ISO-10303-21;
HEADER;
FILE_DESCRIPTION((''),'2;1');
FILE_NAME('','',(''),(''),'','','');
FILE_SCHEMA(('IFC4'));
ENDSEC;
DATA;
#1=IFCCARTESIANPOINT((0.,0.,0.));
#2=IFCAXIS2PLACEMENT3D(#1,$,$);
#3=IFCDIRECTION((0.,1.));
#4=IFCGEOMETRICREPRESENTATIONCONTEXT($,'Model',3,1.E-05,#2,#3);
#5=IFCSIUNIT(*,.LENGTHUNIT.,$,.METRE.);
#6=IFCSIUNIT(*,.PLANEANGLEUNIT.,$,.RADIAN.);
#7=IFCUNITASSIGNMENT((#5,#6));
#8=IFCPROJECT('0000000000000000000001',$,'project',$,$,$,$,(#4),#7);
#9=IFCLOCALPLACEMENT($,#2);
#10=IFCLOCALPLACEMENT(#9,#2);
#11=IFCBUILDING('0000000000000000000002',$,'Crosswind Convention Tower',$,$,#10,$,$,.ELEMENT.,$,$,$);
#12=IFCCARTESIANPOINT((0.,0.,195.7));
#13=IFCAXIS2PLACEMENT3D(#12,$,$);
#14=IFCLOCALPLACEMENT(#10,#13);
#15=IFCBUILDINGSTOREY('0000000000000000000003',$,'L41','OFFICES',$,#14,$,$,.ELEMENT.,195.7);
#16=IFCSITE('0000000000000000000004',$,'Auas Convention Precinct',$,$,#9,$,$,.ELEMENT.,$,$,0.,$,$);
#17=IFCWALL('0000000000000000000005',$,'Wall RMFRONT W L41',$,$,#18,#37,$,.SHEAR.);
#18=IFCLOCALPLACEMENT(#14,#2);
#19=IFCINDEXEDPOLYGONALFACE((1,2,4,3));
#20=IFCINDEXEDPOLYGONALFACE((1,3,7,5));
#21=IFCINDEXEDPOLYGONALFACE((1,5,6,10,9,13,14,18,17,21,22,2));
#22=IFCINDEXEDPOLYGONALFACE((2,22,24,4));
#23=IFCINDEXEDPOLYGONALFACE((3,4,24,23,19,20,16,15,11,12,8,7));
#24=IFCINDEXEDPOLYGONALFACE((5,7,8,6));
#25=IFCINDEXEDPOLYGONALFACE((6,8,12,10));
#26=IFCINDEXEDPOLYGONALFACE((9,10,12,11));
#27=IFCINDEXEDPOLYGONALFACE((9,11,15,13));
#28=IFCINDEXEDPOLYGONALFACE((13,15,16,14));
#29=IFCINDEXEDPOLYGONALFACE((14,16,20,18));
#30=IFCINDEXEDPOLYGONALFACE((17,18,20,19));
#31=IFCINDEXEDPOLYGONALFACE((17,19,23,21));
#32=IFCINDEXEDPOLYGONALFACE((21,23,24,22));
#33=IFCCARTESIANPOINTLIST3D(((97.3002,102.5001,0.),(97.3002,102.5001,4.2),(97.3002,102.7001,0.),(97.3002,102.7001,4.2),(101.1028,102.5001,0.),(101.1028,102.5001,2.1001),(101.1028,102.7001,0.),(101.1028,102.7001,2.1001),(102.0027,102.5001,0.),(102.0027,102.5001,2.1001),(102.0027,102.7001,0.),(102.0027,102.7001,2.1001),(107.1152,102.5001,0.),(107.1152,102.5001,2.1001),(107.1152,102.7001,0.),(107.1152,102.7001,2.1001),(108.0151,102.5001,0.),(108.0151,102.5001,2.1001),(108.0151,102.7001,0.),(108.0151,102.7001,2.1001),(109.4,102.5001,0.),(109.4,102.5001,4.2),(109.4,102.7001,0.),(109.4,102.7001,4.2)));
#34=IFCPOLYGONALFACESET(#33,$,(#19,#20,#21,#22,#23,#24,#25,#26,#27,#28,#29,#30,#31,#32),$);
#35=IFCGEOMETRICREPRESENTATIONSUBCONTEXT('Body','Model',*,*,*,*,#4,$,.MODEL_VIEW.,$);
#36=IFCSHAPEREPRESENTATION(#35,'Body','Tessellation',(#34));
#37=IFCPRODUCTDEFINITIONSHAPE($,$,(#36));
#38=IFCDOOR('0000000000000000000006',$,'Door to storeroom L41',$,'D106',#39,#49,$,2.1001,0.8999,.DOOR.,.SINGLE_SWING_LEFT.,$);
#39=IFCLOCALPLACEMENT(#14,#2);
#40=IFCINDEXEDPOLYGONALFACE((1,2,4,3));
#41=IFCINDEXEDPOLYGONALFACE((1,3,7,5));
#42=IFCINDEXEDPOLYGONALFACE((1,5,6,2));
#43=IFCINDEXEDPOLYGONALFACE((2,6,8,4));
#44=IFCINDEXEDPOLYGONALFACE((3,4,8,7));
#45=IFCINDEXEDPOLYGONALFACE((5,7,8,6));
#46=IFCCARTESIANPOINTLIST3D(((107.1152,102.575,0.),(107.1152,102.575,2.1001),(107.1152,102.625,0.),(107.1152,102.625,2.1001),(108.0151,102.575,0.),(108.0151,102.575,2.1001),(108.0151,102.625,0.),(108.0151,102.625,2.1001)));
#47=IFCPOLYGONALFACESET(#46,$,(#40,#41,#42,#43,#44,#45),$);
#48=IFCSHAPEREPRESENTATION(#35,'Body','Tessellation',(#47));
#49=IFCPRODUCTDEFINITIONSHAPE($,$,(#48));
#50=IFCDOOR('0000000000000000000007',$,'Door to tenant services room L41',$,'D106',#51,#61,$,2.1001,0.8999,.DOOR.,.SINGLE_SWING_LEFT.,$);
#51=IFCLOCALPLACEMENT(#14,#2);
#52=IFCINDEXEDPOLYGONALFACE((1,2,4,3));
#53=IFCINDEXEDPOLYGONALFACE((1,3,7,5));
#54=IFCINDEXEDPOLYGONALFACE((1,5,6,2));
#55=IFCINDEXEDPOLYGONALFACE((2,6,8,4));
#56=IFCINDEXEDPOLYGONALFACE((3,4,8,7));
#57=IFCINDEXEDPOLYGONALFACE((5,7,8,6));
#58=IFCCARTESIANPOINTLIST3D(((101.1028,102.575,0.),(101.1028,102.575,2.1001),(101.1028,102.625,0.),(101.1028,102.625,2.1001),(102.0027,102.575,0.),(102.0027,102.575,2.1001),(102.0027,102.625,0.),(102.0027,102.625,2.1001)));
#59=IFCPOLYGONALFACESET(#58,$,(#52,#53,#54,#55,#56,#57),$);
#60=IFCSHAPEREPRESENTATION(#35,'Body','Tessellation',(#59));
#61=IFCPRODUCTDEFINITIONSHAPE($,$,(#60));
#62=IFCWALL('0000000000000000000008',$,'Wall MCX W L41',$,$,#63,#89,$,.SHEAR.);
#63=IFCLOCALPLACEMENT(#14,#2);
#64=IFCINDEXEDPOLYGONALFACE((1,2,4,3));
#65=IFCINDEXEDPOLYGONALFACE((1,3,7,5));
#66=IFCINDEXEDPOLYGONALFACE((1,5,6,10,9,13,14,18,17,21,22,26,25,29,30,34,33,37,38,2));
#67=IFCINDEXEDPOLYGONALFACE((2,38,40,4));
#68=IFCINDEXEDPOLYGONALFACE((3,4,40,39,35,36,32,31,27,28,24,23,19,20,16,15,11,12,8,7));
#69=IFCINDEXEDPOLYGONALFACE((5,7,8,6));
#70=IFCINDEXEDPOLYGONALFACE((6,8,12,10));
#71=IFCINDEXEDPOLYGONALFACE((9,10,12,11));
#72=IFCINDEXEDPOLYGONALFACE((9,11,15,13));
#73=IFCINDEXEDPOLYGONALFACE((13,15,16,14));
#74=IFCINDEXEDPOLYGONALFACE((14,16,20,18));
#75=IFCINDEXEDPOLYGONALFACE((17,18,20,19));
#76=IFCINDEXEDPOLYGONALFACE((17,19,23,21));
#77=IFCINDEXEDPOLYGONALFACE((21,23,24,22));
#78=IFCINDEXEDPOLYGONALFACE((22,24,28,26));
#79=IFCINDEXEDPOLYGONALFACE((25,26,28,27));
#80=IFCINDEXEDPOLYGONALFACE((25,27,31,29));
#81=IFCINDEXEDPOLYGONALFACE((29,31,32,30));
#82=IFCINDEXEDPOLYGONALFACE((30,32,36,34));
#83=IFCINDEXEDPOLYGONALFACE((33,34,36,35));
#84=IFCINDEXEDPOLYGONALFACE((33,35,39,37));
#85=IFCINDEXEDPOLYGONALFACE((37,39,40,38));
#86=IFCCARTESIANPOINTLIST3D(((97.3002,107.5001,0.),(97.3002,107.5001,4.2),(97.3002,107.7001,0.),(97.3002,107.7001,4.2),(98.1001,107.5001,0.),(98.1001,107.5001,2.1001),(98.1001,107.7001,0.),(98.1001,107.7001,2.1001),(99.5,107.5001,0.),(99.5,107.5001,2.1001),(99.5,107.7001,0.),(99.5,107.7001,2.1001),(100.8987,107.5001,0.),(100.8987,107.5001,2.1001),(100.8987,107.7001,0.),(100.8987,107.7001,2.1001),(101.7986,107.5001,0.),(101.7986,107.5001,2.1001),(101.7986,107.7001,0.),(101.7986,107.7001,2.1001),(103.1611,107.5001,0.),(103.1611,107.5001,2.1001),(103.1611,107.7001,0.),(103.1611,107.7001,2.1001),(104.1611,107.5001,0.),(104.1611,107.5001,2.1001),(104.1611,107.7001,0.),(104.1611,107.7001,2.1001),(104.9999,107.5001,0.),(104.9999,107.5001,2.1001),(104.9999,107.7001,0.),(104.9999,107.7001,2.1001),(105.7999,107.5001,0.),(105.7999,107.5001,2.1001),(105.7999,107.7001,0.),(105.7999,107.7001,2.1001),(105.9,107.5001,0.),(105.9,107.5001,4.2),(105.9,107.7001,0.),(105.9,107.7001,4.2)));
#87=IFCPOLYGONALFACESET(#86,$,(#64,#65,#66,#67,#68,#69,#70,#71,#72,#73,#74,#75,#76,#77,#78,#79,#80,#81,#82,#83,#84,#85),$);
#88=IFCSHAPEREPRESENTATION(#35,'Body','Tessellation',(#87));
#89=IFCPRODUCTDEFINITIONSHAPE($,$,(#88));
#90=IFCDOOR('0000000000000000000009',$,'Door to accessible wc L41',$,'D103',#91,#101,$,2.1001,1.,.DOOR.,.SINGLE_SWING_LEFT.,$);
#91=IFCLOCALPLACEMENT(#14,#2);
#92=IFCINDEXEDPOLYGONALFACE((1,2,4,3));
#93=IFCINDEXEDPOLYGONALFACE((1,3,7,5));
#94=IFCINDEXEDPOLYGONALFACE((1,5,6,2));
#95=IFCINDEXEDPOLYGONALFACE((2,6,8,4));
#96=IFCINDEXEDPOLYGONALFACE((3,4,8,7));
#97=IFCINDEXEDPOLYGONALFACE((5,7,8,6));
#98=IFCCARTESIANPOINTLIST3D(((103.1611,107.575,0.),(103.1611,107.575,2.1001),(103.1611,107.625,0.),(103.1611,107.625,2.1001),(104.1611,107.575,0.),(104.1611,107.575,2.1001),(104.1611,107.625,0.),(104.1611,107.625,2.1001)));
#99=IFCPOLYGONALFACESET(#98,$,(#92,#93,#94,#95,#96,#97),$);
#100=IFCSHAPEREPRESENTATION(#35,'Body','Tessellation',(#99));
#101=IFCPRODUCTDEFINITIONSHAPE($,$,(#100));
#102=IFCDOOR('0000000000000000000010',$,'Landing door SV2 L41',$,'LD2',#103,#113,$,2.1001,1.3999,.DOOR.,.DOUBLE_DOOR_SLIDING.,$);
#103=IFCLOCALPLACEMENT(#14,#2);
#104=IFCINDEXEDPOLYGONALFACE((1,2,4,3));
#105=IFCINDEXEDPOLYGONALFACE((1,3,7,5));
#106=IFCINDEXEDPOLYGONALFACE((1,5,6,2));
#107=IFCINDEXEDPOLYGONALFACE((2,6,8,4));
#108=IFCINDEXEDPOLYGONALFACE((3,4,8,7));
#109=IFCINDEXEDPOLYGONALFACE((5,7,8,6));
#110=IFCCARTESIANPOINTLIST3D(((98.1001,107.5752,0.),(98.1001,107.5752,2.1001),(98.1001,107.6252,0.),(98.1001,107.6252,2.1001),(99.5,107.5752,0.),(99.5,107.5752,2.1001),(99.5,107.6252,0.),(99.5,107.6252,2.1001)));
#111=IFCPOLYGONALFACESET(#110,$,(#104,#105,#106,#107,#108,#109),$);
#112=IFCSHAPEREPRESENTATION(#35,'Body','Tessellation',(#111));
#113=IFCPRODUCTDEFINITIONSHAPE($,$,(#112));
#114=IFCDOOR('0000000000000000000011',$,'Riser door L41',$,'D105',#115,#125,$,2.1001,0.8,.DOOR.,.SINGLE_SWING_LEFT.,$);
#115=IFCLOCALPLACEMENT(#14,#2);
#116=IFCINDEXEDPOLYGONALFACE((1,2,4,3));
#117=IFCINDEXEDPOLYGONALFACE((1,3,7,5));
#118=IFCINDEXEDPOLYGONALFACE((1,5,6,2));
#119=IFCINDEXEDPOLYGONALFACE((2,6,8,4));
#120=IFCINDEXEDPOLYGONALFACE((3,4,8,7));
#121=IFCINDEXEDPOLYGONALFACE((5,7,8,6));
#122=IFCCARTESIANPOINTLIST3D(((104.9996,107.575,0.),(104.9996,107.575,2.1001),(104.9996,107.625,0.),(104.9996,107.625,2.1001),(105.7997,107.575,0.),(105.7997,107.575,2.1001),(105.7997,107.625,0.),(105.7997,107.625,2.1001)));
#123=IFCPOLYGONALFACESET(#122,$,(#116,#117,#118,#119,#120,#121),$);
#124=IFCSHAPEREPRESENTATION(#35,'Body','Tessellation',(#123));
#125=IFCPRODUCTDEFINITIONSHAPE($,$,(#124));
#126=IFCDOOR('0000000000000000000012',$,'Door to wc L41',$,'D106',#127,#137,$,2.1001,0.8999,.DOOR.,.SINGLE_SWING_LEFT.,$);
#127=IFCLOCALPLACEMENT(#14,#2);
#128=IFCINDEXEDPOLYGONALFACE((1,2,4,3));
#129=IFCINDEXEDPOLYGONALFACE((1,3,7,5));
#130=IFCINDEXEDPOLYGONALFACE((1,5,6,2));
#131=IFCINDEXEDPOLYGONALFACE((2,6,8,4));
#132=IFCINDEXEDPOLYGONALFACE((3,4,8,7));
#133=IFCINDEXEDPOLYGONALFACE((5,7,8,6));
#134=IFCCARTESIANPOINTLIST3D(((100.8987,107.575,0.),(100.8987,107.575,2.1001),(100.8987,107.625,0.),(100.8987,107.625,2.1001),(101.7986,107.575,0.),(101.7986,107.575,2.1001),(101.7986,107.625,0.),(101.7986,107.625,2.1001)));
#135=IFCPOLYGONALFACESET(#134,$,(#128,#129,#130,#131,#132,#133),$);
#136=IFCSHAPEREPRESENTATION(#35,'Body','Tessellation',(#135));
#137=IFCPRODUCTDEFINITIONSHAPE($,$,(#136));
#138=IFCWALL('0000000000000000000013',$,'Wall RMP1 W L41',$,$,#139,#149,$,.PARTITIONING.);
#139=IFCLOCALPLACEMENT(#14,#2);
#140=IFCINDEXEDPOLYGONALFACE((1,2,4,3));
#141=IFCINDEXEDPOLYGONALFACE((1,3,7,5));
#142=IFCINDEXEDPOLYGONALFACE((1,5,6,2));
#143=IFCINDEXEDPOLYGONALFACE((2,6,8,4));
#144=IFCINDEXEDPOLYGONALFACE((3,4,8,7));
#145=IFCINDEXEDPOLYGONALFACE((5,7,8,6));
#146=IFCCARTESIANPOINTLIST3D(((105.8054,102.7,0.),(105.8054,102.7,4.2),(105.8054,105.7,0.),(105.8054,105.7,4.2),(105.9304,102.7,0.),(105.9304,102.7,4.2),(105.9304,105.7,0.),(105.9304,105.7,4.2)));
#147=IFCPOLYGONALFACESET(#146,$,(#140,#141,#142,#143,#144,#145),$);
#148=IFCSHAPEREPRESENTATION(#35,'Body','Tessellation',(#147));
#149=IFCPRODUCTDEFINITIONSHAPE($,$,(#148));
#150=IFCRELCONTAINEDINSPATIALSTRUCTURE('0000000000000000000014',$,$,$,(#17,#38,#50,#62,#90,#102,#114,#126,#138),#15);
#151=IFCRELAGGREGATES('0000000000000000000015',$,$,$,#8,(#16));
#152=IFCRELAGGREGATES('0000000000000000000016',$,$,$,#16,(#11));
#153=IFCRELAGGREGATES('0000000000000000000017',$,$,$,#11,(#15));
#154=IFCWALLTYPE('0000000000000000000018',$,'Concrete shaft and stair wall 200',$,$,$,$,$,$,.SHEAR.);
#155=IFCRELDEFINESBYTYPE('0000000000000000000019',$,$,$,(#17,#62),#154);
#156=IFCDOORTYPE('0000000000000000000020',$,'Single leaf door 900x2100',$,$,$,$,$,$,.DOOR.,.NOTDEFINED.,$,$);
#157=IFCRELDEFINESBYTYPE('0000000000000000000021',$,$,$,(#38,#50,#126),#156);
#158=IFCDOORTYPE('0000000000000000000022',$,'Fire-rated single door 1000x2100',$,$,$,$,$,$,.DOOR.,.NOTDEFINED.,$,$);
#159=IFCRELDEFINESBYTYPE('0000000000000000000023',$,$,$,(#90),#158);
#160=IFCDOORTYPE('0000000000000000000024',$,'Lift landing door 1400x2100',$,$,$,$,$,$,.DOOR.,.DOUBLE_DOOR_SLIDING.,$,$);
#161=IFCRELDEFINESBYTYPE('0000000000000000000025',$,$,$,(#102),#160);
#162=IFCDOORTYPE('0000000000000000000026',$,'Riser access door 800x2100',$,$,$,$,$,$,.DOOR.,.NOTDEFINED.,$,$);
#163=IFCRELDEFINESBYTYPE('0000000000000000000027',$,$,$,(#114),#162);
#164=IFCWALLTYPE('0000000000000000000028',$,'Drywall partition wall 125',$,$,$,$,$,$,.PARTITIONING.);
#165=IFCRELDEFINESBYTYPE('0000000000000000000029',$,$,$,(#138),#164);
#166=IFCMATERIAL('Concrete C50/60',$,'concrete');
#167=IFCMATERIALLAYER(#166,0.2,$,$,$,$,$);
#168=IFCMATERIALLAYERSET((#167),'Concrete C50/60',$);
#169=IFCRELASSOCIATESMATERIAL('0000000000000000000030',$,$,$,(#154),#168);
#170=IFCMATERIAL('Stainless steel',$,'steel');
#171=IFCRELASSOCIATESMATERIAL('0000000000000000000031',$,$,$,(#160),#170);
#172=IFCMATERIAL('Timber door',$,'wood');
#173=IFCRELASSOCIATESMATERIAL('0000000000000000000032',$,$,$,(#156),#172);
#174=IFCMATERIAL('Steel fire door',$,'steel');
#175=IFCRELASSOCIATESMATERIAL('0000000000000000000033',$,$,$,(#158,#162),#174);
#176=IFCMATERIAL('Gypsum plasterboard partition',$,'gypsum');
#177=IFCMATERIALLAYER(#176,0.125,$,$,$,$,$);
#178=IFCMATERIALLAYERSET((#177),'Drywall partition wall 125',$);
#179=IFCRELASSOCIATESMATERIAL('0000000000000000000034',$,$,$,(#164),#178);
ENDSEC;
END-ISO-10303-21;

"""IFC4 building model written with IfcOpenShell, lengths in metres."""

from ifc_helpers import new_model, si_unit, direction, frame, frame_2d, origin, place, context, subcontext, project, spatial, rectangle, extrude, material, layer, layer_set, type_object, element, fill, save


model = new_model("IFC4")

# Units and contexts
model_context = context("Model", 3, precision=1e-05, world=origin(), true_north=direction((0.0, 1.0)))
body_context = subcontext(model_context, "Body", "Model", "MODEL_VIEW")
ifc_project = project(units=[si_unit("LENGTHUNIT", "METRE"), si_unit("PLANEANGLEUNIT", "RADIAN")], contexts=[model_context])

# Site, building, storey
site_placement = place(None, origin())
site = spatial("IfcSite", under=ifc_project, at=site_placement, Name="Auas Convention Precinct", CompositionType="ELEMENT", RefElevation=0.0)
building_placement = place(site_placement, origin())
building = spatial("IfcBuilding", under=site, at=building_placement, Name="Crosswind Convention Tower", CompositionType="ELEMENT")
storey_placement = place(building_placement, frame((0.0, 0.0, 195.7)))
storey = spatial("IfcBuildingStorey", under=building, at=storey_placement, Name="L41", Description="OFFICES", CompositionType="ELEMENT", Elevation=195.7)

# Shared definitions
ifc_material_1 = material(Name="Concrete C50/60", Category="concrete")
ifc_layer_1 = layer(ifc_material_1, 0.2)
ifc_layer_set_1 = layer_set([ifc_layer_1], Name="Concrete C50/60")
wall_type_1 = type_object("IfcWallType", Name="Concrete shaft and stair wall 200", PredefinedType="SHEAR", material=ifc_layer_set_1)

# Shared definitions
ifc_material_2 = material(Name="Stainless steel", Category="steel")
door_type_1 = type_object("IfcDoorType", Name="Lift landing door 1400x2100", OperationType="DOUBLE_DOOR_SLIDING", PredefinedType="DOOR", material=ifc_material_2)

# Walls, openings, doors
wall_1_placement = place(storey_placement, frame((109.3999, 102.6001, 0.0), z_axis=(0.0, 0.0, 1.0), x_axis=(-1.0, 0.0, 0.0)))
wall_1 = element("IfcWall", 1, at=wall_1_placement, inside=storey, type_object=wall_type_1, Name="Wall RMFRONT W L41", PredefinedType="SHEAR", context=body_context, shape_type="SweptSolid", body=[
    extrude(rectangle(XDim=12.0999, YDim=0.2, at=frame_2d((6.0498, 0.0))), origin(), (0.0, 0.0, 1.0), 4.2),
])
opening_1_placement = place(wall_1_placement, frame((1.3848, 0.0, 0.0)))
opening_1 = element("IfcOpeningElement", 2, at=opening_1_placement, cuts=wall_1, PredefinedType="OPENING", context=body_context, shape_type="SweptSolid", body=[
    extrude(rectangle(XDim=0.8999, YDim=2.1001, at=frame_2d((0.45, 1.05))), frame((0.0, 0.1099, 0.0), z_axis=(0.0, -1.0, 0.0), x_axis=(1.0, 0.0, 0.0)), (0.0, 0.0, 1.0), 0.22),
])
opening_2_placement = place(wall_1_placement, frame((7.3972, 0.0, 0.0)))
opening_2 = element("IfcOpeningElement", 3, at=opening_2_placement, cuts=wall_1, PredefinedType="OPENING", context=body_context, shape_type="SweptSolid", body=[
    extrude(rectangle(XDim=0.8999, YDim=2.1001, at=frame_2d((0.45, 1.05))), frame((0.0, 0.1099, 0.0), z_axis=(0.0, -1.0, 0.0), x_axis=(1.0, 0.0, 0.0)), (0.0, 0.0, 1.0), 0.22),
])
ifc_material_3 = material(Name="Timber door", Category="wood")
door_type_2 = type_object("IfcDoorType", Name="Single leaf door 900x2100", OperationType="NOTDEFINED", PredefinedType="DOOR", material=ifc_material_3)
door_1_placement = place(opening_1_placement, frame((0.8999, 0.0, 0.0), z_axis=(0.0, 0.0, 1.0), x_axis=(-1.0, 0.0, 0.0)))
door_1 = element("IfcDoor", 4, at=door_1_placement, inside=storey, type_object=door_type_2, Name="Door to storeroom L41", ObjectType="D106", OperationType="SINGLE_SWING_LEFT", OverallHeight=2.1001, OverallWidth=0.8999, PredefinedType="DOOR", context=body_context, shape_type="SweptSolid", body=[
    extrude(rectangle(XDim=0.8999, YDim=2.1001, at=frame_2d((0.45, 1.05))), frame((0.0, 0.0249, 0.0), z_axis=(0.0, -1.0, 0.0), x_axis=(1.0, 0.0, 0.0)), (0.0, 0.0, 1.0), 0.05),
])
fill(opening_1, door_1)
door_2_placement = place(opening_2_placement, frame((0.8999, 0.0, 0.0), z_axis=(0.0, 0.0, 1.0), x_axis=(-1.0, 0.0, 0.0)))
door_2 = element("IfcDoor", 5, at=door_2_placement, inside=storey, type_object=door_type_2, Name="Door to tenant services room L41", ObjectType="D106", OperationType="SINGLE_SWING_LEFT", OverallHeight=2.1001, OverallWidth=0.8999, PredefinedType="DOOR", context=body_context, shape_type="SweptSolid", body=[
    extrude(rectangle(XDim=0.8999, YDim=2.1001, at=frame_2d((0.45, 1.05))), frame((0.0, 0.0249, 0.0), z_axis=(0.0, -1.0, 0.0), x_axis=(1.0, 0.0, 0.0)), (0.0, 0.0, 1.0), 0.05),
])
fill(opening_2, door_2)
wall_2_placement = place(storey_placement, frame((105.8999, 107.6001, 0.0), z_axis=(0.0, 0.0, 1.0), x_axis=(-1.0, 0.0, 0.0)))
wall_2 = element("IfcWall", 6, at=wall_2_placement, inside=storey, type_object=wall_type_1, Name="Wall MCX W L41", PredefinedType="SHEAR", context=body_context, shape_type="SweptSolid", body=[
    extrude(rectangle(XDim=8.5999, YDim=0.2, at=frame_2d((4.2998, 0.0))), origin(), (0.0, 0.0, 1.0), 4.2),
])
opening_3_placement = place(wall_2_placement, frame((0.1001, 0.0, 0.0)))
opening_3 = element("IfcOpeningElement", 7, at=opening_3_placement, cuts=wall_2, PredefinedType="OPENING", context=body_context, shape_type="SweptSolid", body=[
    extrude(rectangle(XDim=0.8, YDim=2.1001, at=frame_2d((0.3999, 1.05))), frame((0.0, 0.1099, 0.0), z_axis=(0.0, -1.0, 0.0), x_axis=(1.0, 0.0, 0.0)), (0.0, 0.0, 1.0), 0.22),
])
opening_4_placement = place(wall_2_placement, frame((1.7388, 0.0, 0.0)))
opening_4 = element("IfcOpeningElement", 8, at=opening_4_placement, cuts=wall_2, PredefinedType="OPENING", context=body_context, shape_type="SweptSolid", body=[
    extrude(rectangle(XDim=1.0, YDim=2.1001, at=frame_2d((0.5, 1.05))), frame((0.0, 0.1099, 0.0), z_axis=(0.0, -1.0, 0.0), x_axis=(1.0, 0.0, 0.0)), (0.0, 0.0, 1.0), 0.22),
])
opening_5_placement = place(wall_2_placement, frame((4.1013, 0.0, 0.0)))
opening_5 = element("IfcOpeningElement", 9, at=opening_5_placement, cuts=wall_2, PredefinedType="OPENING", context=body_context, shape_type="SweptSolid", body=[
    extrude(rectangle(XDim=0.8999, YDim=2.1001, at=frame_2d((0.45, 1.05))), frame((0.0, 0.1099, 0.0), z_axis=(0.0, -1.0, 0.0), x_axis=(1.0, 0.0, 0.0)), (0.0, 0.0, 1.0), 0.22),
])
opening_6_placement = place(wall_2_placement, frame((6.3999, 0.0, 0.0)))
opening_6 = element("IfcOpeningElement", 10, at=opening_6_placement, cuts=wall_2, PredefinedType="OPENING", context=body_context, shape_type="SweptSolid", body=[
    extrude(rectangle(XDim=1.3999, YDim=2.1001, at=frame_2d((0.7, 1.05))), frame((0.0, 0.1099, 0.0), z_axis=(0.0, -1.0, 0.0), x_axis=(1.0, 0.0, 0.0)), (0.0, 0.0, 1.0), 0.22),
])
ifc_material_4 = material(Name="Steel fire door", Category="steel")
door_type_3 = type_object("IfcDoorType", Name="Fire-rated single door 1000x2100", OperationType="NOTDEFINED", PredefinedType="DOOR", material=ifc_material_4)
door_3_placement = place(opening_4_placement, frame((1.0, 0.0, 0.0), z_axis=(0.0, 0.0, 1.0), x_axis=(-1.0, 0.0, 0.0)))
door_3 = element("IfcDoor", 11, at=door_3_placement, inside=storey, type_object=door_type_3, Name="Door to accessible wc L41", ObjectType="D103", OperationType="SINGLE_SWING_LEFT", OverallHeight=2.1001, OverallWidth=1.0, PredefinedType="DOOR", context=body_context, shape_type="SweptSolid", body=[
    extrude(rectangle(XDim=1.0, YDim=2.1001, at=frame_2d((0.5, 1.05))), frame((0.0, 0.0249, 0.0), z_axis=(0.0, -1.0, 0.0), x_axis=(1.0, 0.0, 0.0)), (0.0, 0.0, 1.0), 0.05),
])
fill(opening_4, door_3)
door_4_placement = place(opening_6_placement, origin())
door_4 = element("IfcDoor", 12, at=door_4_placement, inside=storey, type_object=door_type_1, Name="Landing door SV2 L41", ObjectType="LD2", OperationType="DOUBLE_DOOR_SLIDING", OverallHeight=2.1001, OverallWidth=1.3999, PredefinedType="DOOR", context=body_context, shape_type="SweptSolid", body=[
    extrude(rectangle(XDim=1.3999, YDim=2.1001, at=frame_2d((0.7, 1.05))), frame((0.0, 0.0249, 0.0), z_axis=(0.0, -1.0, 0.0), x_axis=(1.0, 0.0, 0.0)), (0.0, 0.0, 1.0), 0.05),
])
fill(opening_6, door_4)
door_type_4 = type_object("IfcDoorType", Name="Riser access door 800x2100", OperationType="NOTDEFINED", PredefinedType="DOOR", material=ifc_material_4)
door_5_placement = place(opening_3_placement, frame((0.8, 0.0, 0.0), z_axis=(0.0, 0.0, 1.0), x_axis=(-1.0, 0.0, 0.0)))
door_5 = element("IfcDoor", 13, at=door_5_placement, inside=storey, type_object=door_type_4, Name="Riser door L41", ObjectType="D105", OperationType="SINGLE_SWING_LEFT", OverallHeight=2.1001, OverallWidth=0.8, PredefinedType="DOOR", context=body_context, shape_type="SweptSolid", body=[
    extrude(rectangle(XDim=0.8, YDim=2.1001, at=frame_2d((0.3999, 1.05))), frame((0.0, 0.0249, 0.0), z_axis=(0.0, -1.0, 0.0), x_axis=(1.0, 0.0, 0.0)), (0.0, 0.0, 1.0), 0.05),
])
fill(opening_3, door_5)
door_6_placement = place(opening_5_placement, frame((0.8999, 0.0, 0.0), z_axis=(0.0, 0.0, 1.0), x_axis=(-1.0, 0.0, 0.0)))
door_6 = element("IfcDoor", 14, at=door_6_placement, inside=storey, type_object=door_type_2, Name="Door to wc L41", ObjectType="D106", OperationType="SINGLE_SWING_LEFT", OverallHeight=2.1001, OverallWidth=0.8999, PredefinedType="DOOR", context=body_context, shape_type="SweptSolid", body=[
    extrude(rectangle(XDim=0.8999, YDim=2.1001, at=frame_2d((0.45, 1.05))), frame((0.0, 0.0249, 0.0), z_axis=(0.0, -1.0, 0.0), x_axis=(1.0, 0.0, 0.0)), (0.0, 0.0, 1.0), 0.05),
])
fill(opening_5, door_6)

# Wall
ifc_material_5 = material(Name="Gypsum plasterboard partition", Category="gypsum")
ifc_layer_2 = layer(ifc_material_5, 0.125)
ifc_layer_set_2 = layer_set([ifc_layer_2], Name="Drywall partition wall 125")
wall_type_2 = type_object("IfcWallType", Name="Drywall partition wall 125", PredefinedType="PARTITIONING", material=ifc_layer_set_2)
wall_3_placement = place(storey_placement, frame((105.8679, 105.7, 0.0), z_axis=(0.0, 0.0, 1.0), x_axis=(0.0, -1.0, 0.0)))
element("IfcWall", 15, at=wall_3_placement, inside=storey, type_object=wall_type_2, Name="Wall RMP1 W L41", PredefinedType="PARTITIONING", context=body_context, shape_type="SweptSolid", body=[
    extrude(rectangle(XDim=3.0, YDim=0.125, at=frame_2d((1.5, 0.0))), origin(), (0.0, 0.0, 1.0), 4.2),
])

save(model, "model.ifc")
